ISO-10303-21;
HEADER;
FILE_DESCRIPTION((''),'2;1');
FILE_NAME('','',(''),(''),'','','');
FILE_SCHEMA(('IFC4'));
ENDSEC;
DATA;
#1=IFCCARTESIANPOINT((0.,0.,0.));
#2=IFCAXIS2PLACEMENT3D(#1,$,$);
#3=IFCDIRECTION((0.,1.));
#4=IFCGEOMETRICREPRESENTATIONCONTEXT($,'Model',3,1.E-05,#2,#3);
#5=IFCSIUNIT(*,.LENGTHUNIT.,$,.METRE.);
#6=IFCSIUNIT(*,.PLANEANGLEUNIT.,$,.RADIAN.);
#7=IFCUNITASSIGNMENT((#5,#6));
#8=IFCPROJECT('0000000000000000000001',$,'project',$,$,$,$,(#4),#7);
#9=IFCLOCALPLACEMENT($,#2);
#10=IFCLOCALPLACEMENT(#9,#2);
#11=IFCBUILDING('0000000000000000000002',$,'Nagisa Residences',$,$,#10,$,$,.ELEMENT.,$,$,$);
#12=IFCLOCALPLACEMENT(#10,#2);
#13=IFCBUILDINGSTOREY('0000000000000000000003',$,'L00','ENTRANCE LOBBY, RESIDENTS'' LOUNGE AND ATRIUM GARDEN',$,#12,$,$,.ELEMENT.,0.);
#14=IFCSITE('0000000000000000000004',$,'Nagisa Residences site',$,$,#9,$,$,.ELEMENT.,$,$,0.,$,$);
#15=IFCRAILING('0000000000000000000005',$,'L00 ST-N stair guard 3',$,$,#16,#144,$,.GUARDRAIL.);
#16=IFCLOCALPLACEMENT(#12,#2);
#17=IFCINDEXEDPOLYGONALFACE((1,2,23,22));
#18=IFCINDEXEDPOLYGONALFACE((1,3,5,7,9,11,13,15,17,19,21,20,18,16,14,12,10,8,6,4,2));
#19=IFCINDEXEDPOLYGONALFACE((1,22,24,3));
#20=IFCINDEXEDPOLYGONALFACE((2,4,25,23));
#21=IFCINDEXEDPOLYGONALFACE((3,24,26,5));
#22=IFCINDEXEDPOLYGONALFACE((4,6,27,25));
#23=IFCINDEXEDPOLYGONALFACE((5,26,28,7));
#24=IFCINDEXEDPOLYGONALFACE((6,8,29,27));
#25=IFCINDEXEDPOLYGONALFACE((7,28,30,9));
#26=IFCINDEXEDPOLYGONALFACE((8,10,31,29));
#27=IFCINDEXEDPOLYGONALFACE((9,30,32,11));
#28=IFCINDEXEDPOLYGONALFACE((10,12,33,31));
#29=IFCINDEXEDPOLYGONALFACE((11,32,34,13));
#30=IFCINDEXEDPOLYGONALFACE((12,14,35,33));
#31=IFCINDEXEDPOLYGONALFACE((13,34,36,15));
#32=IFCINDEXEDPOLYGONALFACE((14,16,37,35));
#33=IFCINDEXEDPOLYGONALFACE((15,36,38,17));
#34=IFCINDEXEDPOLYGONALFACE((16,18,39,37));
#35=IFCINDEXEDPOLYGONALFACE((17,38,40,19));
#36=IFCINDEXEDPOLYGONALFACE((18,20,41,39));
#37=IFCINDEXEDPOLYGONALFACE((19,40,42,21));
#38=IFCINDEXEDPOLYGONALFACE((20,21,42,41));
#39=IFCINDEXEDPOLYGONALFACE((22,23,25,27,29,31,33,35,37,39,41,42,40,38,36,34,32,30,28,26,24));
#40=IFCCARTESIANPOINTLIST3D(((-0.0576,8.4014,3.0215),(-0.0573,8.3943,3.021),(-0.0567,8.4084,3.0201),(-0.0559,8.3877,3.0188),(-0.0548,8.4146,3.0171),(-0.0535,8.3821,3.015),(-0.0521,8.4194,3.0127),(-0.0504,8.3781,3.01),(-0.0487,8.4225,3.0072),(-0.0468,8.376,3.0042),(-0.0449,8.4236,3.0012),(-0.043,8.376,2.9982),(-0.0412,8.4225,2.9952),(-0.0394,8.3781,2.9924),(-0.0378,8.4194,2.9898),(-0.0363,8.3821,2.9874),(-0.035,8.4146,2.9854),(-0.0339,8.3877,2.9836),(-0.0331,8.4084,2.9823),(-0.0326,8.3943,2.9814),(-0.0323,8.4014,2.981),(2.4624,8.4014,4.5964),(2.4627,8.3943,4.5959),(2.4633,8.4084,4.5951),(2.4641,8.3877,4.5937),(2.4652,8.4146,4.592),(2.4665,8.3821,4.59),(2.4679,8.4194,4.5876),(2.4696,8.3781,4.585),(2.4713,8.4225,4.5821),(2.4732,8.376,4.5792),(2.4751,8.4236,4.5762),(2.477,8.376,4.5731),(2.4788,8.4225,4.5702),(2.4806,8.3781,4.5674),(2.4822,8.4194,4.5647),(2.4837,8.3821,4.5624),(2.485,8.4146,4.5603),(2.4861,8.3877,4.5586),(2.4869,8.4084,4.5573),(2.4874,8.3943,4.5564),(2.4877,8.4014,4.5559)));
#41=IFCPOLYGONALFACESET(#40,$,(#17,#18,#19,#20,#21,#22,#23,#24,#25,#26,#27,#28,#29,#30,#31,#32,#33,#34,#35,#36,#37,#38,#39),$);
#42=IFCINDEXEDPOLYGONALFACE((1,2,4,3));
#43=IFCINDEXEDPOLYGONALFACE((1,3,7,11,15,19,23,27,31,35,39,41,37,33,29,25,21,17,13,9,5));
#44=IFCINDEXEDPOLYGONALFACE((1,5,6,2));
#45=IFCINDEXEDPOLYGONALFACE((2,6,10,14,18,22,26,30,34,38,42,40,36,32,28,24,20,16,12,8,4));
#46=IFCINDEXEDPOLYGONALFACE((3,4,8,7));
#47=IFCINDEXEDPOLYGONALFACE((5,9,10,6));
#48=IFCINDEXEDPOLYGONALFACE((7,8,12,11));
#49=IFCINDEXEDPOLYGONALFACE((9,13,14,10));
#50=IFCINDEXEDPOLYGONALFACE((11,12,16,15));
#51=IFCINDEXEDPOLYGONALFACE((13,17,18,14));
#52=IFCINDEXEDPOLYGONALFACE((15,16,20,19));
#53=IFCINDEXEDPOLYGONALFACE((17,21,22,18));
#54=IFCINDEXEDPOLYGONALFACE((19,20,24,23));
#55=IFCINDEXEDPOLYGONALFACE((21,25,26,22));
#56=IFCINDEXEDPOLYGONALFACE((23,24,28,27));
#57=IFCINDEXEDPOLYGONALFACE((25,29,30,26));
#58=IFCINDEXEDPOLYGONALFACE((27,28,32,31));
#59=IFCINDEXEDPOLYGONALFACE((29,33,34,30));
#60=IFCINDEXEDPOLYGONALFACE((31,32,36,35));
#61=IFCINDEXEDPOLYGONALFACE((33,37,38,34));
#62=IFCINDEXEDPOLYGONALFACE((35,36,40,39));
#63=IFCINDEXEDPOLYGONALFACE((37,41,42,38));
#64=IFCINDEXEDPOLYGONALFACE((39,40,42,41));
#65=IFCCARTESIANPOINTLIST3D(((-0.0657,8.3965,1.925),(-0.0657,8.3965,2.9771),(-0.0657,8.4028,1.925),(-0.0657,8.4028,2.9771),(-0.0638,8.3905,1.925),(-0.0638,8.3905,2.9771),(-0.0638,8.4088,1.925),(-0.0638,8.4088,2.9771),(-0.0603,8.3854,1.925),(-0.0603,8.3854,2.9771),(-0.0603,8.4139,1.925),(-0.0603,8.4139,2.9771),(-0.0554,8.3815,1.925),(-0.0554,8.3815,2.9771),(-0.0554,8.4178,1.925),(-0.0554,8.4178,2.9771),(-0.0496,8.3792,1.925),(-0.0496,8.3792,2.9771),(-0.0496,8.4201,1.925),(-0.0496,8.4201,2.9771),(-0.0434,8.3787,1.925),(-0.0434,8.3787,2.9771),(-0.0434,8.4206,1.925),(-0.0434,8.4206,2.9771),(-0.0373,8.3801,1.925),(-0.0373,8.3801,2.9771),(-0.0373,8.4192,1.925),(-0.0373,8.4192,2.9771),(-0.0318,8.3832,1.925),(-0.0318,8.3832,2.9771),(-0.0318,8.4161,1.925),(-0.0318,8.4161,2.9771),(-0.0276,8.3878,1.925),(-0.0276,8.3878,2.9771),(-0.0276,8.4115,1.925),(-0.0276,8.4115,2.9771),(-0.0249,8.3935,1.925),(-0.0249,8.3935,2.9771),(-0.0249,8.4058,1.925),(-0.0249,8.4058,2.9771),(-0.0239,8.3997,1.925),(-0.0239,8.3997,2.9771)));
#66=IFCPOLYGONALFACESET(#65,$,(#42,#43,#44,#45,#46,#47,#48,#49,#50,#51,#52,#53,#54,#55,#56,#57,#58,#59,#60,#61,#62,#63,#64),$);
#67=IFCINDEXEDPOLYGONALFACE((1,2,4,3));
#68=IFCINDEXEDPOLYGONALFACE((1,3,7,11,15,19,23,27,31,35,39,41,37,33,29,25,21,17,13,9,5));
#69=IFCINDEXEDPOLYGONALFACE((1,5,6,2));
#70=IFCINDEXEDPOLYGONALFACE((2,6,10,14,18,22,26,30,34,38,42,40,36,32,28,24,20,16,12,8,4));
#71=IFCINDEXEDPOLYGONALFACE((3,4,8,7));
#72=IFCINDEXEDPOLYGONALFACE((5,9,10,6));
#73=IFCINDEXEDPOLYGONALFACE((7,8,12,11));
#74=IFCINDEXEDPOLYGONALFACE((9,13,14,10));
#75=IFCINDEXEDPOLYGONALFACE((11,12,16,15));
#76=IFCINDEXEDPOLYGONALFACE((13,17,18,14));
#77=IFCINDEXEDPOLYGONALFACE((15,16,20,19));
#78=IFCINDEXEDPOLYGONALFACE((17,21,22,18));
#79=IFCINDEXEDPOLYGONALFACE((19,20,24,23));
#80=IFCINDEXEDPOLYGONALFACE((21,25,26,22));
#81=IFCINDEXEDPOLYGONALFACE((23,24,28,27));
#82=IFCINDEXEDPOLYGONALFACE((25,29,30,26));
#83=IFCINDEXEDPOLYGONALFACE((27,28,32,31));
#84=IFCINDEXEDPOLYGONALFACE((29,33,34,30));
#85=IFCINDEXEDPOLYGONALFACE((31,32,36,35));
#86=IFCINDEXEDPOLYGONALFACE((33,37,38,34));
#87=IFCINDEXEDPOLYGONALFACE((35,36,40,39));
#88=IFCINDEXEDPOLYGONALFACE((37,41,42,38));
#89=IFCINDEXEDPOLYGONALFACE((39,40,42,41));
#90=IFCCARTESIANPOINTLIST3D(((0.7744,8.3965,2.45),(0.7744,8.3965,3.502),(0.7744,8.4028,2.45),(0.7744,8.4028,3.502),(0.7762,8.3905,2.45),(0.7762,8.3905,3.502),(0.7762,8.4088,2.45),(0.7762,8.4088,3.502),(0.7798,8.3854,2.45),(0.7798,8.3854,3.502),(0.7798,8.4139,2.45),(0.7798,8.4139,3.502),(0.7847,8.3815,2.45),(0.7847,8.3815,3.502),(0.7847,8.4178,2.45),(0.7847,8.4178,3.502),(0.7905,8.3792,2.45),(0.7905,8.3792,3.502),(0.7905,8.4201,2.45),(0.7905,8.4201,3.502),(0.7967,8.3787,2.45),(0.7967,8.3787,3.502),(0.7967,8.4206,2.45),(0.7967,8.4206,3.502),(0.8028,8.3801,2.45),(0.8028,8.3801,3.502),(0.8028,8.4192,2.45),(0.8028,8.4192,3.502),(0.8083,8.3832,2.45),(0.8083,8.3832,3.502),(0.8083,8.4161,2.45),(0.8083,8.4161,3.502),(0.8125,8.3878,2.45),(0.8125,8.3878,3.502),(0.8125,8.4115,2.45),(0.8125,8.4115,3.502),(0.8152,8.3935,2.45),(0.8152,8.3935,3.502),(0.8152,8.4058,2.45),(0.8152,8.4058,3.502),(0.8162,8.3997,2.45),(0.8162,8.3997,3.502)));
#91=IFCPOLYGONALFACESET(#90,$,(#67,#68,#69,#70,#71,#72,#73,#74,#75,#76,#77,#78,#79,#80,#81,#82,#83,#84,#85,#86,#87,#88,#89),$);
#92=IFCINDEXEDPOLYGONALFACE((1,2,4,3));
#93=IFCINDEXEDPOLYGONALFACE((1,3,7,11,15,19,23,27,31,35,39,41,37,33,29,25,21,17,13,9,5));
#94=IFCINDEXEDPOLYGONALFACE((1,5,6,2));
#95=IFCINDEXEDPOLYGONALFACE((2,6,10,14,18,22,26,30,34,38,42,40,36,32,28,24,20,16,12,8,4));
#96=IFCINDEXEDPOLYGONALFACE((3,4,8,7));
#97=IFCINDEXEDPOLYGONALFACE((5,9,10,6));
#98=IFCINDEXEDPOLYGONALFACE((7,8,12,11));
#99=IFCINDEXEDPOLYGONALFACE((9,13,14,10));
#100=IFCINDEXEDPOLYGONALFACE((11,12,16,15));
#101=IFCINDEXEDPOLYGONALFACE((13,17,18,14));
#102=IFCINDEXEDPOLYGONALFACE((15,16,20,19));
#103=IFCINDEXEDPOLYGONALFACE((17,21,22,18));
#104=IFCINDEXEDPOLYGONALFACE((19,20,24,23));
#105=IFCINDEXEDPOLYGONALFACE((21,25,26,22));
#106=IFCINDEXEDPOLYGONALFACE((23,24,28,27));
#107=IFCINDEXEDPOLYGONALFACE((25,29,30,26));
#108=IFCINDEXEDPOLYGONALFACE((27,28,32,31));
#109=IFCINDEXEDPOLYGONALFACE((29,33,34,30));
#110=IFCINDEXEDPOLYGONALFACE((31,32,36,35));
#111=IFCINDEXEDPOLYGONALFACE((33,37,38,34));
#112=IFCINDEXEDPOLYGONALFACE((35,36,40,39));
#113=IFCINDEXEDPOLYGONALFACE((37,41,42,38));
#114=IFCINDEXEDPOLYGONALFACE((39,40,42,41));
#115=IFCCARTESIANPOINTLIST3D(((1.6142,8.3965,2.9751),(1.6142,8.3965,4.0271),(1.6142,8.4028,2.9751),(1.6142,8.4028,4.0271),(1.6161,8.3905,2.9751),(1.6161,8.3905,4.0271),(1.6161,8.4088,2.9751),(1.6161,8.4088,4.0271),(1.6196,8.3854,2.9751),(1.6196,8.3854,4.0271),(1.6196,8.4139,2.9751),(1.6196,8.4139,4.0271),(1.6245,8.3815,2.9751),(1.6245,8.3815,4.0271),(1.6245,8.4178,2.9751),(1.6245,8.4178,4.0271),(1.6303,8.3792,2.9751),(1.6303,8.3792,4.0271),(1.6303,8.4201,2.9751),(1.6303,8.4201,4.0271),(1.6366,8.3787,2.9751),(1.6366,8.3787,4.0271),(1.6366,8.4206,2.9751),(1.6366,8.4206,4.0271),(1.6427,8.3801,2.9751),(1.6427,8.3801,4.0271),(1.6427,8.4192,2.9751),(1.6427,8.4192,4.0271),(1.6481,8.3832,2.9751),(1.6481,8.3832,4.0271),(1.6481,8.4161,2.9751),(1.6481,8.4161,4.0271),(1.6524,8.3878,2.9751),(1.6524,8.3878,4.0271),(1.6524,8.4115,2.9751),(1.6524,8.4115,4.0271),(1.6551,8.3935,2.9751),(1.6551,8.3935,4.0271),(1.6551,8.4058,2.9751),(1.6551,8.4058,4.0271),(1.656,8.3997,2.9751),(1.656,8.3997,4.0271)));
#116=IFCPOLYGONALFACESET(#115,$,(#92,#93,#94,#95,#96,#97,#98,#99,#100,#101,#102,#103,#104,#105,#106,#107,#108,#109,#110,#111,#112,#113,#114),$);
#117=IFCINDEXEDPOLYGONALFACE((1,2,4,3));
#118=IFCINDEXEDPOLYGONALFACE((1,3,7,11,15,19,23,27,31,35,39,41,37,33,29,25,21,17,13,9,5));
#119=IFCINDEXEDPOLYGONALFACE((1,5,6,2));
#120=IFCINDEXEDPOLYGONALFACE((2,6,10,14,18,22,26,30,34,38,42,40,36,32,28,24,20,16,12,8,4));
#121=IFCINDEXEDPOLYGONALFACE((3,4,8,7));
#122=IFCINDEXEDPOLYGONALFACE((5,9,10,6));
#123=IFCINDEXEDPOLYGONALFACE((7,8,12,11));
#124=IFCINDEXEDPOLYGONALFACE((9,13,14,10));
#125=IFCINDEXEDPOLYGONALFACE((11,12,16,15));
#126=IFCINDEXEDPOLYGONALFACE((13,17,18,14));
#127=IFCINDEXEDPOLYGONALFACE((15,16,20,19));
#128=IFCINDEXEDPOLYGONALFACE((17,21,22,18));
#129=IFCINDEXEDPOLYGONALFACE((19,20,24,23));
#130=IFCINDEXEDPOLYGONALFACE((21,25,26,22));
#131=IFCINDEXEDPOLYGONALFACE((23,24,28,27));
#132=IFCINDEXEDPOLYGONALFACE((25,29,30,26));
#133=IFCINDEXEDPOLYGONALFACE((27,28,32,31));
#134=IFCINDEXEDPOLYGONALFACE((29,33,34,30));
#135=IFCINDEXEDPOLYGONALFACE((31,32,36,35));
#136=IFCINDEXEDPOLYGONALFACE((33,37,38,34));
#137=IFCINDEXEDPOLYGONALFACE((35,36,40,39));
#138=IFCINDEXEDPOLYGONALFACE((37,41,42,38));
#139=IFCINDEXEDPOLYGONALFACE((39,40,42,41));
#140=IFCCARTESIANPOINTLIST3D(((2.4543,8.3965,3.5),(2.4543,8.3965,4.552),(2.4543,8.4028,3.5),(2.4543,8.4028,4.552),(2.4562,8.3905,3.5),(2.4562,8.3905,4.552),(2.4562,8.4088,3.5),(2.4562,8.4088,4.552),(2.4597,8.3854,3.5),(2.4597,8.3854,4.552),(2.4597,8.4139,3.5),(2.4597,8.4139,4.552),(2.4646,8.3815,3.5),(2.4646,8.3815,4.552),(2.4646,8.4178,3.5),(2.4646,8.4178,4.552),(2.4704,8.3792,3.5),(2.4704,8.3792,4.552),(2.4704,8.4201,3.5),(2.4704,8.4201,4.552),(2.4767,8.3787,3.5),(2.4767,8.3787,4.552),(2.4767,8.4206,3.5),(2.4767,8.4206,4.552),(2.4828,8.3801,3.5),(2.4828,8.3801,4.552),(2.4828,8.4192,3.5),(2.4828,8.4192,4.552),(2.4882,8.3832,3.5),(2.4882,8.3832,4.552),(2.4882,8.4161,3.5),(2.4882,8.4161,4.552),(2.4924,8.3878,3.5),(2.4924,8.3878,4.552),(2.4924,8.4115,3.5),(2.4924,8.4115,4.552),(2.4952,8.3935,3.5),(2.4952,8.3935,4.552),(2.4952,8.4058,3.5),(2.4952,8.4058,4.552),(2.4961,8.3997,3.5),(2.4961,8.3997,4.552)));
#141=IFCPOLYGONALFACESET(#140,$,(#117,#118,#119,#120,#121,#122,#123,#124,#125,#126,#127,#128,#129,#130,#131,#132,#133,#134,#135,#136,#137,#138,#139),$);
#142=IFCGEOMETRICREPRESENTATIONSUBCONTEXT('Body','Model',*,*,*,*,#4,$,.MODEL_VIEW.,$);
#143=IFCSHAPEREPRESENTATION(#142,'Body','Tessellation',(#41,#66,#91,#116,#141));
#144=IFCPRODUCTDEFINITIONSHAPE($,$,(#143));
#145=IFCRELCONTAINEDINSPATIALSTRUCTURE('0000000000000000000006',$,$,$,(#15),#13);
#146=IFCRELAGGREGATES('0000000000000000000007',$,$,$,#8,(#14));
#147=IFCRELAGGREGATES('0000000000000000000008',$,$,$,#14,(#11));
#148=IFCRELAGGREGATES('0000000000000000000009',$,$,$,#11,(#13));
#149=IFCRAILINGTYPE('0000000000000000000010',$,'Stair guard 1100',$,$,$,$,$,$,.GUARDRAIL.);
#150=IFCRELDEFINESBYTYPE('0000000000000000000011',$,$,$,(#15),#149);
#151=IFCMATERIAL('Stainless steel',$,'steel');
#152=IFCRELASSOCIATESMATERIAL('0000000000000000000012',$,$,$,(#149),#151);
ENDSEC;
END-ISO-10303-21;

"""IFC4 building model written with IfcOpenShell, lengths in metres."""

from ifc_helpers import new_model, si_unit, direction, frame, origin, origin_2d, place, context, subcontext, project, spatial, circle, extrude, material, type_object, element, save


model = new_model("IFC4")

# Units and contexts
model_context = context("Model", 3, precision=1e-05, world=origin(), true_north=direction((0.0, 1.0)))
body_context = subcontext(model_context, "Body", "Model", "MODEL_VIEW")
ifc_project = project(units=[si_unit("LENGTHUNIT", "METRE"), si_unit("PLANEANGLEUNIT", "RADIAN")], contexts=[model_context])

# Site, building, storey
site_placement = place(None, origin())
site = spatial("IfcSite", under=ifc_project, at=site_placement, Name="Nagisa Residences site", CompositionType="ELEMENT", RefElevation=0.0)
building_placement = place(site_placement, origin())
building = spatial("IfcBuilding", under=site, at=building_placement, Name="Nagisa Residences", CompositionType="ELEMENT")
storey_placement = place(building_placement, origin())
storey = spatial("IfcBuildingStorey", under=building, at=storey_placement, Name="L00", Description="ENTRANCE LOBBY, RESIDENTS' LOUNGE AND ATRIUM GARDEN", CompositionType="ELEMENT", Elevation=0.0)

# Railing
ifc_material_1 = material(Name="Stainless steel", Category="steel")
railing_type_1 = type_object("IfcRailingType", Name="Stair guard 1100", PredefinedType="GUARDRAIL", material=ifc_material_1)
railing_1_placement = place(storey_placement, frame((-0.0449, 8.3997, 1.925)))
element("IfcRailing", 1, at=railing_1_placement, inside=storey, type_object=railing_type_1, Name="L00 ST-N stair guard 3", PredefinedType="GUARDRAIL", context=body_context, shape_type="SweptSolid", body=[
    extrude(circle(Radius=0.0239, at=origin_2d()), frame((0.0, 0.0, 1.0762), z_axis=(0.848008, 0.0, 0.529984), x_axis=(0.0, 1.0, 0.0)), (0.0, 0.0, 1.0), 2.9717),
    extrude(circle(Radius=0.021, at=origin_2d()), origin(), (0.0, 0.0, 1.0), 1.052),
    extrude(circle(Radius=0.021, at=origin_2d()), frame((0.8401, 0.0, 0.5249)), (0.0, 0.0, 1.0), 1.052),
    extrude(circle(Radius=0.021, at=origin_2d()), frame((1.6799, 0.0, 1.05)), (0.0, 0.0, 1.0), 1.052),
    extrude(circle(Radius=0.021, at=origin_2d()), frame((2.52, 0.0, 1.575)), (0.0, 0.0, 1.0), 1.052),
])

save(model, "model.ifc")
